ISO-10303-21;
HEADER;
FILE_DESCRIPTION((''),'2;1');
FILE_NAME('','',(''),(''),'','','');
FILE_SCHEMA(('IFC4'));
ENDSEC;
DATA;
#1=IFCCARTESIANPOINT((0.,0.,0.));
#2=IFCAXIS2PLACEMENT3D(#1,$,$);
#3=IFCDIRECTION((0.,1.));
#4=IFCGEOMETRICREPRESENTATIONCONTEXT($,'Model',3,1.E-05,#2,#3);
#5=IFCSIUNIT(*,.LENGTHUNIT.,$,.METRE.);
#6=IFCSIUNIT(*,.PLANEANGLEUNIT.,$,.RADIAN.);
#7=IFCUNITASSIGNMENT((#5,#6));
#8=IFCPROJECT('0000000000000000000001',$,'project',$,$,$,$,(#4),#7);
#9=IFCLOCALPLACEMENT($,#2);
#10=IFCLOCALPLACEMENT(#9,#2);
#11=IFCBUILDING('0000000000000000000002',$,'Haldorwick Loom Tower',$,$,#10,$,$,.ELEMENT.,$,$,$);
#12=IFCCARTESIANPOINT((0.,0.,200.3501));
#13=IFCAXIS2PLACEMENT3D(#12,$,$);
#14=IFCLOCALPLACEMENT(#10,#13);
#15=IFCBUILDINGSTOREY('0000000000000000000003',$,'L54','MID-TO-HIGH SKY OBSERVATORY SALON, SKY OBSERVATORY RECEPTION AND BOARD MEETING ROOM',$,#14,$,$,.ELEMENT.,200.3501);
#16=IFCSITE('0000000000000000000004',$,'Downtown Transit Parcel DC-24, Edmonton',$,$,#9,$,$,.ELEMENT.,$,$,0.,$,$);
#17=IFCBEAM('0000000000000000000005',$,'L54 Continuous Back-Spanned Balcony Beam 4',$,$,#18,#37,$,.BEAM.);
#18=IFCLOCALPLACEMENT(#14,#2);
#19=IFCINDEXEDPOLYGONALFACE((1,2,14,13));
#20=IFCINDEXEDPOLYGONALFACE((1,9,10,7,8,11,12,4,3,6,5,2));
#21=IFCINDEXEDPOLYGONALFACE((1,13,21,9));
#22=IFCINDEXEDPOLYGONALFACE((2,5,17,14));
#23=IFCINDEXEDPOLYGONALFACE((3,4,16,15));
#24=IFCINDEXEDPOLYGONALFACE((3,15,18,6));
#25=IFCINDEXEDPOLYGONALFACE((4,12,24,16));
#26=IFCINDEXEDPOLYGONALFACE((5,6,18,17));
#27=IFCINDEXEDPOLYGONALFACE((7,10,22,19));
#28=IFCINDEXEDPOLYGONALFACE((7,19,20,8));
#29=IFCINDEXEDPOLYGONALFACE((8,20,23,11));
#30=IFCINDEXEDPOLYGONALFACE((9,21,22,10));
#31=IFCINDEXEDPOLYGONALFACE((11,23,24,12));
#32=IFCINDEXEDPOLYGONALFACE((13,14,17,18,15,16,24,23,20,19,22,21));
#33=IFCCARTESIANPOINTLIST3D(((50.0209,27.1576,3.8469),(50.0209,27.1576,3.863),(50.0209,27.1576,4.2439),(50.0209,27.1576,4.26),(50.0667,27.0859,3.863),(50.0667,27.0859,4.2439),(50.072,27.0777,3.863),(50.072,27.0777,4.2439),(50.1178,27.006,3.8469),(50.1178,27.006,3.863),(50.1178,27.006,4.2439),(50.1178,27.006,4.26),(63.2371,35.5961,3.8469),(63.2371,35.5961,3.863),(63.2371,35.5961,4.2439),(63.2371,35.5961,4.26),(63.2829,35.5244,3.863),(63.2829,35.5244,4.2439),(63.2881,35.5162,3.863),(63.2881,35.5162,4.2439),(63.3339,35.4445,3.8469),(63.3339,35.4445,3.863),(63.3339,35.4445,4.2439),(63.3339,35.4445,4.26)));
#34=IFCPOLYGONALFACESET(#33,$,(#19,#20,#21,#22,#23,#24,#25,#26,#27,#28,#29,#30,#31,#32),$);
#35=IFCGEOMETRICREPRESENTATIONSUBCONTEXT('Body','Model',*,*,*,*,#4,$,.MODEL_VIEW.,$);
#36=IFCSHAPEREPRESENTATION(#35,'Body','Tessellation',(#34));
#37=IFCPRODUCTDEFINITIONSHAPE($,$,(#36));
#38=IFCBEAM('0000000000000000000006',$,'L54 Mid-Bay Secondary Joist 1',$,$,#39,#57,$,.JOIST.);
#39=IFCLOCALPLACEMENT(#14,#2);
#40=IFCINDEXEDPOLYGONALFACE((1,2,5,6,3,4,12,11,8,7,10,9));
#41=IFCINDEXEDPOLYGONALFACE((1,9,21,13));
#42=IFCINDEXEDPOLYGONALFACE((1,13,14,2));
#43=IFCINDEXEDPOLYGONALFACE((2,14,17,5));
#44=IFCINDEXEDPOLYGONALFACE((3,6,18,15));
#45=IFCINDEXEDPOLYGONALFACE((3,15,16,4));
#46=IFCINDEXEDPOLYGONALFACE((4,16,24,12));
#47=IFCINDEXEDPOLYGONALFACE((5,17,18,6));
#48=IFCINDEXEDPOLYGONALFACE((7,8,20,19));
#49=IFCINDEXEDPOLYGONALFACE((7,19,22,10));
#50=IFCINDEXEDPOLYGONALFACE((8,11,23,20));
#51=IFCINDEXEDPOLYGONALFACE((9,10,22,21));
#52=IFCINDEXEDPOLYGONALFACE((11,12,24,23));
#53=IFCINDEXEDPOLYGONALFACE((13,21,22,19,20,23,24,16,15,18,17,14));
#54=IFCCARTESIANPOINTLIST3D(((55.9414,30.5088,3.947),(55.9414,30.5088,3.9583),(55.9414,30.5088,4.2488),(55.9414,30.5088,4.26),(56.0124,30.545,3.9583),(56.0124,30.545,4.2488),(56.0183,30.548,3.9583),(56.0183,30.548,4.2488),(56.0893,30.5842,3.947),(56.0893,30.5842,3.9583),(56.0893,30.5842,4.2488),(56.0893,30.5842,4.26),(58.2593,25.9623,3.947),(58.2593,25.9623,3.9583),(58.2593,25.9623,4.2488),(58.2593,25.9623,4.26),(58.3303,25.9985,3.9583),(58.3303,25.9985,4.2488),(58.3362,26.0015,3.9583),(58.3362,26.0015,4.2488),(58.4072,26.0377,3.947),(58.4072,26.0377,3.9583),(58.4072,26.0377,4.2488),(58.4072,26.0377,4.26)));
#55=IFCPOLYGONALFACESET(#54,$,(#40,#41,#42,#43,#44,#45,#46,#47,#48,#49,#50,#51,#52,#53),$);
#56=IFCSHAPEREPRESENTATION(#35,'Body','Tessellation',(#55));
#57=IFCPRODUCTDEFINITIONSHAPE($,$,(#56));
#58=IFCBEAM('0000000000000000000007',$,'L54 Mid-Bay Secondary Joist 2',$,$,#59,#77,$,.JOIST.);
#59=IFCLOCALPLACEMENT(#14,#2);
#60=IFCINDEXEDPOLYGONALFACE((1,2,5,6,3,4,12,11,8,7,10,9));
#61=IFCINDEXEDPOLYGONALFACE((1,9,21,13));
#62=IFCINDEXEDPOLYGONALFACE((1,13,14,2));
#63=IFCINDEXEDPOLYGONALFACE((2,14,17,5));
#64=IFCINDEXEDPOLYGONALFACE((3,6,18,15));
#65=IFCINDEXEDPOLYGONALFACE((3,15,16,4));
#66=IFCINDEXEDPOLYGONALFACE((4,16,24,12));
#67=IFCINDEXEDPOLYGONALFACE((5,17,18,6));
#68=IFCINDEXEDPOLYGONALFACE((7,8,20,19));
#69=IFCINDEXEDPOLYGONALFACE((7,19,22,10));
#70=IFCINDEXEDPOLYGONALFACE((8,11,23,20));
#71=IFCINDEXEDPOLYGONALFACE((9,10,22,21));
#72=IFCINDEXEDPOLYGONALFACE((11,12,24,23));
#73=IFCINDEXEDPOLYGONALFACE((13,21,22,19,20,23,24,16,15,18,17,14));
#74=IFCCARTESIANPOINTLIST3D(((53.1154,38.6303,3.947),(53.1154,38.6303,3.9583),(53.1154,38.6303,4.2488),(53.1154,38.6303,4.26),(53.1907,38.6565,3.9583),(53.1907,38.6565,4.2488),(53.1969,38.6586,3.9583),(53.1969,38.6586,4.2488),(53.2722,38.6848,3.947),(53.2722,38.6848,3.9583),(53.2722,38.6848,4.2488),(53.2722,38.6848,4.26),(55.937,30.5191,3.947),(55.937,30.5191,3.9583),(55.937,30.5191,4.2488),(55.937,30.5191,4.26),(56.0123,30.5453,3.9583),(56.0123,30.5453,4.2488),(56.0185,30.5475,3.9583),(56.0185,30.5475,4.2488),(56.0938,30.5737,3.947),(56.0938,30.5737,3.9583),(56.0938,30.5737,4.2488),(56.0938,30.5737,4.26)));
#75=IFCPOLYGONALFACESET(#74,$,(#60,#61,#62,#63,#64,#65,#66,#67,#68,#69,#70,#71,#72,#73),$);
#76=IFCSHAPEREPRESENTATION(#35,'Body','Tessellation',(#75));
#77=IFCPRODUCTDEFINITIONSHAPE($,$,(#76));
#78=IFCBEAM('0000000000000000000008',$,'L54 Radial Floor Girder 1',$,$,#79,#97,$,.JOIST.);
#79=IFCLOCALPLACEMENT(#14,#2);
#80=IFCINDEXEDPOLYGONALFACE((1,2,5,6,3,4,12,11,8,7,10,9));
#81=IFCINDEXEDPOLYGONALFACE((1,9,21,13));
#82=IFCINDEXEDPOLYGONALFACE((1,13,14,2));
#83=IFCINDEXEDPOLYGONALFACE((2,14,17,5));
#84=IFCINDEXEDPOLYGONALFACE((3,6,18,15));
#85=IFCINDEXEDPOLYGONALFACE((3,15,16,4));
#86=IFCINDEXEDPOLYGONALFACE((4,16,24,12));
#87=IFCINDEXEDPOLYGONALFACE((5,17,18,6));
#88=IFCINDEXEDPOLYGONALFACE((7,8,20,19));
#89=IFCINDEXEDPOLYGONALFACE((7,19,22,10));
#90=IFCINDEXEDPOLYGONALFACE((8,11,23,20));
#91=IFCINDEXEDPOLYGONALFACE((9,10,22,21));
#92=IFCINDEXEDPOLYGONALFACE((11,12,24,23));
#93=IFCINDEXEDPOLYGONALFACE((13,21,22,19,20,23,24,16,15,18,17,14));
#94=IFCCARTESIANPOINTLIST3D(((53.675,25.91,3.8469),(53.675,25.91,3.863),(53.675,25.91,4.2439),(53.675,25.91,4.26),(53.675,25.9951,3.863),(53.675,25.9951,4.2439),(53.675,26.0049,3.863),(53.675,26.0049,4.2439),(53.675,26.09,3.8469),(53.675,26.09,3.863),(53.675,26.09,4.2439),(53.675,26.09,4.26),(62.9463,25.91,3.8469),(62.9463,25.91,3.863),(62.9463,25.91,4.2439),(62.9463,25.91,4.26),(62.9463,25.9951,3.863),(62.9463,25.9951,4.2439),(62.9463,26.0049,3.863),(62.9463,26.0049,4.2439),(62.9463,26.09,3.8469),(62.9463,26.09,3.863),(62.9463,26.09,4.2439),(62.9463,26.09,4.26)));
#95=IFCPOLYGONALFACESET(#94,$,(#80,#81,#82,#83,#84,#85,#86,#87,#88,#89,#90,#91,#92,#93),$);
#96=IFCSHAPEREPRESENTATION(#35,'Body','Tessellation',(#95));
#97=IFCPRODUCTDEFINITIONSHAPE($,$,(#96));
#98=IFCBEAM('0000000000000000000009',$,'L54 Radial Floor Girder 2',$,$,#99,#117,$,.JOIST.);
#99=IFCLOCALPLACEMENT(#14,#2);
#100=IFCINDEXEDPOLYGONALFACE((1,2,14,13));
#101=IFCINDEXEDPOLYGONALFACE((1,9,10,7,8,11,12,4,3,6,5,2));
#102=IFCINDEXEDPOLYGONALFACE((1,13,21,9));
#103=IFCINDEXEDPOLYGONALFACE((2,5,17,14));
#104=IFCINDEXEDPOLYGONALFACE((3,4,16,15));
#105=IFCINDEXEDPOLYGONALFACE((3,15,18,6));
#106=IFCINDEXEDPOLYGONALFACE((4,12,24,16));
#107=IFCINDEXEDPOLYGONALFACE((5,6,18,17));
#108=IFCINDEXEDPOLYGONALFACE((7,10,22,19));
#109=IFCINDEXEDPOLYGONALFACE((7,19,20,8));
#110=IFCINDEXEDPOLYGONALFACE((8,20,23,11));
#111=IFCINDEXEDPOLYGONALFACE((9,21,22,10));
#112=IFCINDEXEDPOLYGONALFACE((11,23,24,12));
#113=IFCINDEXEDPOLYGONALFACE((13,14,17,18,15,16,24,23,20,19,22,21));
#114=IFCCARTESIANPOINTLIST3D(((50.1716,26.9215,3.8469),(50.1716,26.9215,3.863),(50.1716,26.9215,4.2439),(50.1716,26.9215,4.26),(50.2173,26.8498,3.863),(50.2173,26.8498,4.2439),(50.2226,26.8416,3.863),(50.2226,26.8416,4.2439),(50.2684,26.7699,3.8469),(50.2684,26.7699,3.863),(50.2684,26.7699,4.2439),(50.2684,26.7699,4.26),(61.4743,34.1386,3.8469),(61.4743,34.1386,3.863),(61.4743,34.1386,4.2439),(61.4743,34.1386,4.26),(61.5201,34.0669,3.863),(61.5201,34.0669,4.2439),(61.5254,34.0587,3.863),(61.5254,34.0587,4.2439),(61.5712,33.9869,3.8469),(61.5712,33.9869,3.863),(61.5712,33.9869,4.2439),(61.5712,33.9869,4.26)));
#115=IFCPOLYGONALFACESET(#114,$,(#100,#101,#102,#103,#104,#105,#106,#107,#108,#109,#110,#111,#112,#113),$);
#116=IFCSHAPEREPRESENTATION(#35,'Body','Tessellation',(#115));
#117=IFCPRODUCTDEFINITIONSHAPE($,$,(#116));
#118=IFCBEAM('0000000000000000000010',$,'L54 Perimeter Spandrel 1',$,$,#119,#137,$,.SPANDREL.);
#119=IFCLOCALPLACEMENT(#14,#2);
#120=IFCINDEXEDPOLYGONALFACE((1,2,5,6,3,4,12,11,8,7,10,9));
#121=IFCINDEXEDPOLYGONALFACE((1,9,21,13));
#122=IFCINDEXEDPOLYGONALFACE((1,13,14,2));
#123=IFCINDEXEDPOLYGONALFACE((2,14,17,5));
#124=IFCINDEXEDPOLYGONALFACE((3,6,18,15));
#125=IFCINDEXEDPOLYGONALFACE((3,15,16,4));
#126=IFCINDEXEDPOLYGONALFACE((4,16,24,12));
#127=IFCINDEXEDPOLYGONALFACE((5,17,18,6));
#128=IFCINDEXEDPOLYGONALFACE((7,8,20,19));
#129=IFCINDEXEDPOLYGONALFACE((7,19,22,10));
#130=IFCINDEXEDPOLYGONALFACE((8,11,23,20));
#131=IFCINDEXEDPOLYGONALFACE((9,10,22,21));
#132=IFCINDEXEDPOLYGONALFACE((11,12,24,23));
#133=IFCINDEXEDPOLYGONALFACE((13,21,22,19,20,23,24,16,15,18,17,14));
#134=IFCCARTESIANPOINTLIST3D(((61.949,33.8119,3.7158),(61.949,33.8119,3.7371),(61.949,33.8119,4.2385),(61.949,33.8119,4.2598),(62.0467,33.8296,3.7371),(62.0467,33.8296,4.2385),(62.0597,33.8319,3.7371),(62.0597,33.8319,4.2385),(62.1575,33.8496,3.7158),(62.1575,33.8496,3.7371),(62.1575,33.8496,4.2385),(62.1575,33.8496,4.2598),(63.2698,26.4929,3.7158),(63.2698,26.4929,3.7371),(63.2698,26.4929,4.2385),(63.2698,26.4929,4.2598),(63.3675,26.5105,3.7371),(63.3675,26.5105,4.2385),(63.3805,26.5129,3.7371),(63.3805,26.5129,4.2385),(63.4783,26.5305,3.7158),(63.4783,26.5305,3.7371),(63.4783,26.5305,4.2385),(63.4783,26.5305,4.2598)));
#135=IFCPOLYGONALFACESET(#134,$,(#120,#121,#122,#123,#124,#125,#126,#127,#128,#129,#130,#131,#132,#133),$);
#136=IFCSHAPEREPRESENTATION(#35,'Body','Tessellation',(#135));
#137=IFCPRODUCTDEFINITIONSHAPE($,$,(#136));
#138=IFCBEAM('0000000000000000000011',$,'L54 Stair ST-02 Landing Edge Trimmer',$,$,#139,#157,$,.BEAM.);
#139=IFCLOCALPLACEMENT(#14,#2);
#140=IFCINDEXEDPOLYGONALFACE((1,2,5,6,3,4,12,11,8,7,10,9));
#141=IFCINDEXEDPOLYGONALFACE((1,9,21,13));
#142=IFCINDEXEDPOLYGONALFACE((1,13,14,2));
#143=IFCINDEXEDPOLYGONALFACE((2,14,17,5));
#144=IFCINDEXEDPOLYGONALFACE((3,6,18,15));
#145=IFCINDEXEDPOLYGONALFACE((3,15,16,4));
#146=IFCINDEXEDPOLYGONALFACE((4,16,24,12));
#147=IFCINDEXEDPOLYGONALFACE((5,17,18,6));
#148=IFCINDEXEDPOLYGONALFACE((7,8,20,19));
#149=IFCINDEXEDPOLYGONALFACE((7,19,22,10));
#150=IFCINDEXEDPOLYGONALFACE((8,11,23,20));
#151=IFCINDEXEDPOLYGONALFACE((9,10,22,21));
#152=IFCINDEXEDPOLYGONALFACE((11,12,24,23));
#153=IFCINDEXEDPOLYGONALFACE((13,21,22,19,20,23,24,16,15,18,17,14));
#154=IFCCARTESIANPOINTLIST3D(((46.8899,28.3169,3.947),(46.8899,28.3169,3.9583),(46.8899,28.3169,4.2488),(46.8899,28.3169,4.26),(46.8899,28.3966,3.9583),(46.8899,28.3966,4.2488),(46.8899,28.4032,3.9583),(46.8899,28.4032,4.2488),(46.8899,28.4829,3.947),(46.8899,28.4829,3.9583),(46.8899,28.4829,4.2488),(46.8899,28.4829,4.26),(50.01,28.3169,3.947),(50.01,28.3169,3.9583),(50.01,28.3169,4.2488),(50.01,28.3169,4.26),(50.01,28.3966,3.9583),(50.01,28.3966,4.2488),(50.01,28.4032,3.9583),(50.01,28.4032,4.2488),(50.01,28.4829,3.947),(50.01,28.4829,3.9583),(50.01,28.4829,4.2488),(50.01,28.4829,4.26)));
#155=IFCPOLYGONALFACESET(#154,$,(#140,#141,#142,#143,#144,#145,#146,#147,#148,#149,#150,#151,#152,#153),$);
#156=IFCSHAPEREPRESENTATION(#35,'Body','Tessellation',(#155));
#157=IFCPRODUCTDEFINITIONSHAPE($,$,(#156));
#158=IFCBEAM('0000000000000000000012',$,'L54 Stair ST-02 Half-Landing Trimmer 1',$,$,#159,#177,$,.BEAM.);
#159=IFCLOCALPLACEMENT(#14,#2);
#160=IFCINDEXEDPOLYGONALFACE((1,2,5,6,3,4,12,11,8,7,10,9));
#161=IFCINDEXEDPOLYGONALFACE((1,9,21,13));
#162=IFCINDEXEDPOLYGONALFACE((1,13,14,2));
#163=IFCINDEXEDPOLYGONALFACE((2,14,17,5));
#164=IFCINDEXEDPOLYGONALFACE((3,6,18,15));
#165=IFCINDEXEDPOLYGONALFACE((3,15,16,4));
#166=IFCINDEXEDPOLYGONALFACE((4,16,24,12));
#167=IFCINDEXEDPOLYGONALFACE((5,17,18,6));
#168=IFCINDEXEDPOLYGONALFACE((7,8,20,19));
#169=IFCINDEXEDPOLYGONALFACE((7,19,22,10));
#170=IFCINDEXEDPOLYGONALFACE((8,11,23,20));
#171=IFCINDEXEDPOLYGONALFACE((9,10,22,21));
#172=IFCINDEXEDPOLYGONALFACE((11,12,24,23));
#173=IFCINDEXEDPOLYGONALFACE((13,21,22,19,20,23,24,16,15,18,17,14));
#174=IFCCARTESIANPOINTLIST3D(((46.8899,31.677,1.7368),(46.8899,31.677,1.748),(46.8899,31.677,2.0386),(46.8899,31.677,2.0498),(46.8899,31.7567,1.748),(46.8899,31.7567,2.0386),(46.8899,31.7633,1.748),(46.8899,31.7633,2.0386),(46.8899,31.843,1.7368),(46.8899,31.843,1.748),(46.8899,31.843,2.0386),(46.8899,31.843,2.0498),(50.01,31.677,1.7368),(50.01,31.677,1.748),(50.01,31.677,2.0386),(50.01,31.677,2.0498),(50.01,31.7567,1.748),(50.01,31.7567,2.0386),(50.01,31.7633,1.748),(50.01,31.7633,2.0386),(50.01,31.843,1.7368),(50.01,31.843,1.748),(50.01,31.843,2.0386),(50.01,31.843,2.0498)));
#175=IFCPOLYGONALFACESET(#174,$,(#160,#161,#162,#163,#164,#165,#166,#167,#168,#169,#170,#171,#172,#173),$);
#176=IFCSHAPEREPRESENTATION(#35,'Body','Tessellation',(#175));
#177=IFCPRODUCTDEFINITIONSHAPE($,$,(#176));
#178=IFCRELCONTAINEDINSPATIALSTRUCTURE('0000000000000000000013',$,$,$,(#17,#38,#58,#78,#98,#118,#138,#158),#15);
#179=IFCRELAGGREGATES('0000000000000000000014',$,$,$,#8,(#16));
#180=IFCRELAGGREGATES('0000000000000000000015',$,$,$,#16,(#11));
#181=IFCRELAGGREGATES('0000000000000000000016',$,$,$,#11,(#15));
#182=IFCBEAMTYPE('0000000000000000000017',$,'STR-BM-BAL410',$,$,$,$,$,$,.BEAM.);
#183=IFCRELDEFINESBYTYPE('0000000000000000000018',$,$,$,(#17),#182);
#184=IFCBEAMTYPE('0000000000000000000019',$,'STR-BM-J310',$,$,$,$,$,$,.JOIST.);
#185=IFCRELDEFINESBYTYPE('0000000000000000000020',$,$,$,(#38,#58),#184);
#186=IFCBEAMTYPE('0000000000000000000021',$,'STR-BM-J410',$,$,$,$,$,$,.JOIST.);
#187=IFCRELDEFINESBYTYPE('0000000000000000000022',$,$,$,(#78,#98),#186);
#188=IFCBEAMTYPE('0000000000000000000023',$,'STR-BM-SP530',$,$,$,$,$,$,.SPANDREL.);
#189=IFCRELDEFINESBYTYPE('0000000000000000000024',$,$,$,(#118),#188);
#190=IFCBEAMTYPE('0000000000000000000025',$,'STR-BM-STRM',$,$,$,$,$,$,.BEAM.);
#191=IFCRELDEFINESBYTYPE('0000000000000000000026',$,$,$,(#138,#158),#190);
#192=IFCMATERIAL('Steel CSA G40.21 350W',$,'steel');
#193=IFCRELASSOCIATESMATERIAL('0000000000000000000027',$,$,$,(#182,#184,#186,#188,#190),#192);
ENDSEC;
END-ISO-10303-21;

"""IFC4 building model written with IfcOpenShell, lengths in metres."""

from ifc_helpers import new_model, si_unit, direction, frame, origin, origin_2d, place, context, subcontext, project, spatial, i_section, extrude, material, material_profile, profile_set, type_object, element, save


model = new_model("IFC4")

# Units and contexts
model_context = context("Model", 3, precision=1e-05, world=origin(), true_north=direction((0.0, 1.0)))
body_context = subcontext(model_context, "Body", "Model", "MODEL_VIEW")
ifc_project = project(units=[si_unit("LENGTHUNIT", "METRE"), si_unit("PLANEANGLEUNIT", "RADIAN")], contexts=[model_context])

# Site, building, storey
site_placement = place(None, origin())
site = spatial("IfcSite", under=ifc_project, at=site_placement, Name="Downtown Transit Parcel DC-24, Edmonton", CompositionType="ELEMENT", RefElevation=0.0)
building_placement = place(site_placement, origin())
building = spatial("IfcBuilding", under=site, at=building_placement, Name="Haldorwick Loom Tower", CompositionType="ELEMENT")
storey_placement = place(building_placement, frame((0.0, 0.0, 200.3501)))
storey = spatial("IfcBuildingStorey", under=building, at=storey_placement, Name="L54", Description="MID-TO-HIGH SKY OBSERVATORY SALON, SKY OBSERVATORY RECEPTION AND BOARD MEETING ROOM", CompositionType="ELEMENT", Elevation=200.3501)

# Shared definitions
ifc_material_1 = material(Name="Steel CSA G40.21 350W", Category="steel")

# Beams
ifc_material_profile_1 = material_profile(ifc_material_1, i_section(OverallWidth=0.1799, OverallDepth=0.4131, WebThickness=0.0098, FlangeThickness=0.0161, at=origin_2d()), Name="W410X74", Category="steel")
ifc_profile_set_1 = profile_set([ifc_material_profile_1], Name="Steel CSA G40.21 350W")
beam_type_1 = type_object("IfcBeamType", Name="STR-BM-BAL410", PredefinedType="BEAM", material=ifc_profile_set_1)
beam_1_placement = place(storey_placement, frame((50.0693, 27.0818, 4.0535), z_axis=(0.842844, 0.538157, 0.0), x_axis=(-0.538157, 0.842844, 0.0)))
element("IfcBeam", 1, at=beam_1_placement, inside=storey, type_object=beam_type_1, Name="L54 Continuous Back-Spanned Balcony Beam 4", PredefinedType="BEAM", context=body_context, shape_type="SweptSolid", body=[
    extrude(i_section(OverallWidth=0.1799, OverallDepth=0.4131, WebThickness=0.0098, FlangeThickness=0.0161, at=origin_2d()), origin(), (0.0, 0.0, 1.0), 15.6804),
])
ifc_material_profile_2 = material_profile(ifc_material_1, i_section(OverallWidth=0.166, OverallDepth=0.313, WebThickness=0.0066, FlangeThickness=0.0112, at=origin_2d()), Name="W310X45", Category="steel")
ifc_profile_set_2 = profile_set([ifc_material_profile_2], Name="Steel CSA G40.21 350W")
beam_type_2 = type_object("IfcBeamType", Name="STR-BM-J310", PredefinedType="JOIST", material=ifc_profile_set_2)
beam_2_placement = place(storey_placement, frame((58.3333, 26.0, 4.1035), z_axis=(-0.454204, 0.890898, 0.0), x_axis=(-0.890898, -0.454204, 0.0)))
element("IfcBeam", 2, at=beam_2_placement, inside=storey, type_object=beam_type_2, Name="L54 Mid-Bay Secondary Joist 1", PredefinedType="JOIST", context=body_context, shape_type="SweptSolid", body=[
    extrude(i_section(OverallWidth=0.166, OverallDepth=0.313, WebThickness=0.0066, FlangeThickness=0.0112, at=origin_2d()), origin(), (0.0, 0.0, 1.0), 5.1033),
])
beam_3_placement = place(storey_placement, frame((56.0154, 30.5464, 4.1035), z_axis=(-0.32855, 0.944486, 0.0), x_axis=(-0.944486, -0.32855, 0.0)))
element("IfcBeam", 3, at=beam_3_placement, inside=storey, type_object=beam_type_2, Name="L54 Mid-Bay Secondary Joist 2", PredefinedType="JOIST", context=body_context, shape_type="SweptSolid", body=[
    extrude(i_section(OverallWidth=0.166, OverallDepth=0.313, WebThickness=0.0066, FlangeThickness=0.0112, at=origin_2d()), origin(), (0.0, 0.0, 1.0), 8.5879),
])
ifc_material_profile_3 = material_profile(ifc_material_1, i_section(OverallWidth=0.1799, OverallDepth=0.4131, WebThickness=0.0098, FlangeThickness=0.0161, at=origin_2d()), Name="W410X74", Category="steel")
ifc_profile_set_3 = profile_set([ifc_material_profile_3], Name="Steel CSA G40.21 350W")
beam_type_3 = type_object("IfcBeamType", Name="STR-BM-J410", PredefinedType="JOIST", material=ifc_profile_set_3)
beam_4_placement = place(storey_placement, frame((53.675, 26.0, 4.0535), z_axis=(1.0, 0.0, 0.0), x_axis=(0.0, 1.0, 0.0)))
element("IfcBeam", 4, at=beam_4_placement, inside=storey, type_object=beam_type_3, Name="L54 Radial Floor Girder 1", PredefinedType="JOIST", context=body_context, shape_type="SweptSolid", body=[
    extrude(i_section(OverallWidth=0.1799, OverallDepth=0.4131, WebThickness=0.0098, FlangeThickness=0.0161, at=origin_2d()), origin(), (0.0, 0.0, 1.0), 9.2712),
])
beam_5_placement = place(storey_placement, frame((50.22, 26.8457, 4.0535), z_axis=(0.842837, 0.538169, 0.0), x_axis=(-0.538169, 0.842837, 0.0)))
element("IfcBeam", 5, at=beam_5_placement, inside=storey, type_object=beam_type_3, Name="L54 Radial Floor Girder 2", PredefinedType="JOIST", context=body_context, shape_type="SweptSolid", body=[
    extrude(i_section(OverallWidth=0.1799, OverallDepth=0.4131, WebThickness=0.0098, FlangeThickness=0.0161, at=origin_2d()), origin(), (0.0, 0.0, 1.0), 13.4104),
])
ifc_material_profile_4 = material_profile(ifc_material_1, i_section(OverallWidth=0.2119, OverallDepth=0.5439, WebThickness=0.0132, FlangeThickness=0.0212, at=origin_2d()), Name="W530X123", Category="steel")
ifc_profile_set_4 = profile_set([ifc_material_profile_4], Name="Steel CSA G40.21 350W")
beam_type_4 = type_object("IfcBeamType", Name="STR-BM-SP530", PredefinedType="SPANDREL", material=ifc_profile_set_4)
beam_6_placement = place(storey_placement, frame((63.374, 26.5117, 3.9878), z_axis=(-0.177591, 0.984104, 0.0), x_axis=(-0.984104, -0.177591, 0.0)))
element("IfcBeam", 6, at=beam_6_placement, inside=storey, type_object=beam_type_4, Name="L54 Perimeter Spandrel 1", PredefinedType="SPANDREL", context=body_context, shape_type="SweptSolid", body=[
    extrude(i_section(OverallWidth=0.2119, OverallDepth=0.5439, WebThickness=0.0132, FlangeThickness=0.0212, at=origin_2d()), origin(), (0.0, 0.0, 1.0), 7.4373),
])
ifc_material_profile_5 = material_profile(ifc_material_1, i_section(OverallWidth=0.166, OverallDepth=0.313, WebThickness=0.0066, FlangeThickness=0.0112, at=origin_2d()), Name="W310X45", Category="steel")
ifc_profile_set_5 = profile_set([ifc_material_profile_5], Name="Steel CSA G40.21 350W")
beam_type_5 = type_object("IfcBeamType", Name="STR-BM-STRM", PredefinedType="BEAM", material=ifc_profile_set_5)
for number, where, z_axis, x_axis, name in (
    (7, (46.8899, 28.3999, 4.1035), (1.0, 0.0, 0.0), (0.0, 1.0, 0.0), "L54 Stair ST-02 Landing Edge Trimmer"),
    (8, (46.8899, 31.76, 1.8933), (1.0, 0.0, 0.0), (0.0, 1.0, 0.0), "L54 Stair ST-02 Half-Landing Trimmer 1"),
):
    element("IfcBeam", number, at=place(storey_placement, frame(where, z_axis=z_axis, x_axis=x_axis)), inside=storey, type_object=beam_type_5, Name=name, PredefinedType="BEAM", context=body_context, shape_type="SweptSolid", body=[
        extrude(i_section(OverallWidth=0.166, OverallDepth=0.313, WebThickness=0.0066, FlangeThickness=0.0112, at=origin_2d()), origin(), (0.0, 0.0, 1.0), 3.1201),
    ])

save(model, "model.ifc")
